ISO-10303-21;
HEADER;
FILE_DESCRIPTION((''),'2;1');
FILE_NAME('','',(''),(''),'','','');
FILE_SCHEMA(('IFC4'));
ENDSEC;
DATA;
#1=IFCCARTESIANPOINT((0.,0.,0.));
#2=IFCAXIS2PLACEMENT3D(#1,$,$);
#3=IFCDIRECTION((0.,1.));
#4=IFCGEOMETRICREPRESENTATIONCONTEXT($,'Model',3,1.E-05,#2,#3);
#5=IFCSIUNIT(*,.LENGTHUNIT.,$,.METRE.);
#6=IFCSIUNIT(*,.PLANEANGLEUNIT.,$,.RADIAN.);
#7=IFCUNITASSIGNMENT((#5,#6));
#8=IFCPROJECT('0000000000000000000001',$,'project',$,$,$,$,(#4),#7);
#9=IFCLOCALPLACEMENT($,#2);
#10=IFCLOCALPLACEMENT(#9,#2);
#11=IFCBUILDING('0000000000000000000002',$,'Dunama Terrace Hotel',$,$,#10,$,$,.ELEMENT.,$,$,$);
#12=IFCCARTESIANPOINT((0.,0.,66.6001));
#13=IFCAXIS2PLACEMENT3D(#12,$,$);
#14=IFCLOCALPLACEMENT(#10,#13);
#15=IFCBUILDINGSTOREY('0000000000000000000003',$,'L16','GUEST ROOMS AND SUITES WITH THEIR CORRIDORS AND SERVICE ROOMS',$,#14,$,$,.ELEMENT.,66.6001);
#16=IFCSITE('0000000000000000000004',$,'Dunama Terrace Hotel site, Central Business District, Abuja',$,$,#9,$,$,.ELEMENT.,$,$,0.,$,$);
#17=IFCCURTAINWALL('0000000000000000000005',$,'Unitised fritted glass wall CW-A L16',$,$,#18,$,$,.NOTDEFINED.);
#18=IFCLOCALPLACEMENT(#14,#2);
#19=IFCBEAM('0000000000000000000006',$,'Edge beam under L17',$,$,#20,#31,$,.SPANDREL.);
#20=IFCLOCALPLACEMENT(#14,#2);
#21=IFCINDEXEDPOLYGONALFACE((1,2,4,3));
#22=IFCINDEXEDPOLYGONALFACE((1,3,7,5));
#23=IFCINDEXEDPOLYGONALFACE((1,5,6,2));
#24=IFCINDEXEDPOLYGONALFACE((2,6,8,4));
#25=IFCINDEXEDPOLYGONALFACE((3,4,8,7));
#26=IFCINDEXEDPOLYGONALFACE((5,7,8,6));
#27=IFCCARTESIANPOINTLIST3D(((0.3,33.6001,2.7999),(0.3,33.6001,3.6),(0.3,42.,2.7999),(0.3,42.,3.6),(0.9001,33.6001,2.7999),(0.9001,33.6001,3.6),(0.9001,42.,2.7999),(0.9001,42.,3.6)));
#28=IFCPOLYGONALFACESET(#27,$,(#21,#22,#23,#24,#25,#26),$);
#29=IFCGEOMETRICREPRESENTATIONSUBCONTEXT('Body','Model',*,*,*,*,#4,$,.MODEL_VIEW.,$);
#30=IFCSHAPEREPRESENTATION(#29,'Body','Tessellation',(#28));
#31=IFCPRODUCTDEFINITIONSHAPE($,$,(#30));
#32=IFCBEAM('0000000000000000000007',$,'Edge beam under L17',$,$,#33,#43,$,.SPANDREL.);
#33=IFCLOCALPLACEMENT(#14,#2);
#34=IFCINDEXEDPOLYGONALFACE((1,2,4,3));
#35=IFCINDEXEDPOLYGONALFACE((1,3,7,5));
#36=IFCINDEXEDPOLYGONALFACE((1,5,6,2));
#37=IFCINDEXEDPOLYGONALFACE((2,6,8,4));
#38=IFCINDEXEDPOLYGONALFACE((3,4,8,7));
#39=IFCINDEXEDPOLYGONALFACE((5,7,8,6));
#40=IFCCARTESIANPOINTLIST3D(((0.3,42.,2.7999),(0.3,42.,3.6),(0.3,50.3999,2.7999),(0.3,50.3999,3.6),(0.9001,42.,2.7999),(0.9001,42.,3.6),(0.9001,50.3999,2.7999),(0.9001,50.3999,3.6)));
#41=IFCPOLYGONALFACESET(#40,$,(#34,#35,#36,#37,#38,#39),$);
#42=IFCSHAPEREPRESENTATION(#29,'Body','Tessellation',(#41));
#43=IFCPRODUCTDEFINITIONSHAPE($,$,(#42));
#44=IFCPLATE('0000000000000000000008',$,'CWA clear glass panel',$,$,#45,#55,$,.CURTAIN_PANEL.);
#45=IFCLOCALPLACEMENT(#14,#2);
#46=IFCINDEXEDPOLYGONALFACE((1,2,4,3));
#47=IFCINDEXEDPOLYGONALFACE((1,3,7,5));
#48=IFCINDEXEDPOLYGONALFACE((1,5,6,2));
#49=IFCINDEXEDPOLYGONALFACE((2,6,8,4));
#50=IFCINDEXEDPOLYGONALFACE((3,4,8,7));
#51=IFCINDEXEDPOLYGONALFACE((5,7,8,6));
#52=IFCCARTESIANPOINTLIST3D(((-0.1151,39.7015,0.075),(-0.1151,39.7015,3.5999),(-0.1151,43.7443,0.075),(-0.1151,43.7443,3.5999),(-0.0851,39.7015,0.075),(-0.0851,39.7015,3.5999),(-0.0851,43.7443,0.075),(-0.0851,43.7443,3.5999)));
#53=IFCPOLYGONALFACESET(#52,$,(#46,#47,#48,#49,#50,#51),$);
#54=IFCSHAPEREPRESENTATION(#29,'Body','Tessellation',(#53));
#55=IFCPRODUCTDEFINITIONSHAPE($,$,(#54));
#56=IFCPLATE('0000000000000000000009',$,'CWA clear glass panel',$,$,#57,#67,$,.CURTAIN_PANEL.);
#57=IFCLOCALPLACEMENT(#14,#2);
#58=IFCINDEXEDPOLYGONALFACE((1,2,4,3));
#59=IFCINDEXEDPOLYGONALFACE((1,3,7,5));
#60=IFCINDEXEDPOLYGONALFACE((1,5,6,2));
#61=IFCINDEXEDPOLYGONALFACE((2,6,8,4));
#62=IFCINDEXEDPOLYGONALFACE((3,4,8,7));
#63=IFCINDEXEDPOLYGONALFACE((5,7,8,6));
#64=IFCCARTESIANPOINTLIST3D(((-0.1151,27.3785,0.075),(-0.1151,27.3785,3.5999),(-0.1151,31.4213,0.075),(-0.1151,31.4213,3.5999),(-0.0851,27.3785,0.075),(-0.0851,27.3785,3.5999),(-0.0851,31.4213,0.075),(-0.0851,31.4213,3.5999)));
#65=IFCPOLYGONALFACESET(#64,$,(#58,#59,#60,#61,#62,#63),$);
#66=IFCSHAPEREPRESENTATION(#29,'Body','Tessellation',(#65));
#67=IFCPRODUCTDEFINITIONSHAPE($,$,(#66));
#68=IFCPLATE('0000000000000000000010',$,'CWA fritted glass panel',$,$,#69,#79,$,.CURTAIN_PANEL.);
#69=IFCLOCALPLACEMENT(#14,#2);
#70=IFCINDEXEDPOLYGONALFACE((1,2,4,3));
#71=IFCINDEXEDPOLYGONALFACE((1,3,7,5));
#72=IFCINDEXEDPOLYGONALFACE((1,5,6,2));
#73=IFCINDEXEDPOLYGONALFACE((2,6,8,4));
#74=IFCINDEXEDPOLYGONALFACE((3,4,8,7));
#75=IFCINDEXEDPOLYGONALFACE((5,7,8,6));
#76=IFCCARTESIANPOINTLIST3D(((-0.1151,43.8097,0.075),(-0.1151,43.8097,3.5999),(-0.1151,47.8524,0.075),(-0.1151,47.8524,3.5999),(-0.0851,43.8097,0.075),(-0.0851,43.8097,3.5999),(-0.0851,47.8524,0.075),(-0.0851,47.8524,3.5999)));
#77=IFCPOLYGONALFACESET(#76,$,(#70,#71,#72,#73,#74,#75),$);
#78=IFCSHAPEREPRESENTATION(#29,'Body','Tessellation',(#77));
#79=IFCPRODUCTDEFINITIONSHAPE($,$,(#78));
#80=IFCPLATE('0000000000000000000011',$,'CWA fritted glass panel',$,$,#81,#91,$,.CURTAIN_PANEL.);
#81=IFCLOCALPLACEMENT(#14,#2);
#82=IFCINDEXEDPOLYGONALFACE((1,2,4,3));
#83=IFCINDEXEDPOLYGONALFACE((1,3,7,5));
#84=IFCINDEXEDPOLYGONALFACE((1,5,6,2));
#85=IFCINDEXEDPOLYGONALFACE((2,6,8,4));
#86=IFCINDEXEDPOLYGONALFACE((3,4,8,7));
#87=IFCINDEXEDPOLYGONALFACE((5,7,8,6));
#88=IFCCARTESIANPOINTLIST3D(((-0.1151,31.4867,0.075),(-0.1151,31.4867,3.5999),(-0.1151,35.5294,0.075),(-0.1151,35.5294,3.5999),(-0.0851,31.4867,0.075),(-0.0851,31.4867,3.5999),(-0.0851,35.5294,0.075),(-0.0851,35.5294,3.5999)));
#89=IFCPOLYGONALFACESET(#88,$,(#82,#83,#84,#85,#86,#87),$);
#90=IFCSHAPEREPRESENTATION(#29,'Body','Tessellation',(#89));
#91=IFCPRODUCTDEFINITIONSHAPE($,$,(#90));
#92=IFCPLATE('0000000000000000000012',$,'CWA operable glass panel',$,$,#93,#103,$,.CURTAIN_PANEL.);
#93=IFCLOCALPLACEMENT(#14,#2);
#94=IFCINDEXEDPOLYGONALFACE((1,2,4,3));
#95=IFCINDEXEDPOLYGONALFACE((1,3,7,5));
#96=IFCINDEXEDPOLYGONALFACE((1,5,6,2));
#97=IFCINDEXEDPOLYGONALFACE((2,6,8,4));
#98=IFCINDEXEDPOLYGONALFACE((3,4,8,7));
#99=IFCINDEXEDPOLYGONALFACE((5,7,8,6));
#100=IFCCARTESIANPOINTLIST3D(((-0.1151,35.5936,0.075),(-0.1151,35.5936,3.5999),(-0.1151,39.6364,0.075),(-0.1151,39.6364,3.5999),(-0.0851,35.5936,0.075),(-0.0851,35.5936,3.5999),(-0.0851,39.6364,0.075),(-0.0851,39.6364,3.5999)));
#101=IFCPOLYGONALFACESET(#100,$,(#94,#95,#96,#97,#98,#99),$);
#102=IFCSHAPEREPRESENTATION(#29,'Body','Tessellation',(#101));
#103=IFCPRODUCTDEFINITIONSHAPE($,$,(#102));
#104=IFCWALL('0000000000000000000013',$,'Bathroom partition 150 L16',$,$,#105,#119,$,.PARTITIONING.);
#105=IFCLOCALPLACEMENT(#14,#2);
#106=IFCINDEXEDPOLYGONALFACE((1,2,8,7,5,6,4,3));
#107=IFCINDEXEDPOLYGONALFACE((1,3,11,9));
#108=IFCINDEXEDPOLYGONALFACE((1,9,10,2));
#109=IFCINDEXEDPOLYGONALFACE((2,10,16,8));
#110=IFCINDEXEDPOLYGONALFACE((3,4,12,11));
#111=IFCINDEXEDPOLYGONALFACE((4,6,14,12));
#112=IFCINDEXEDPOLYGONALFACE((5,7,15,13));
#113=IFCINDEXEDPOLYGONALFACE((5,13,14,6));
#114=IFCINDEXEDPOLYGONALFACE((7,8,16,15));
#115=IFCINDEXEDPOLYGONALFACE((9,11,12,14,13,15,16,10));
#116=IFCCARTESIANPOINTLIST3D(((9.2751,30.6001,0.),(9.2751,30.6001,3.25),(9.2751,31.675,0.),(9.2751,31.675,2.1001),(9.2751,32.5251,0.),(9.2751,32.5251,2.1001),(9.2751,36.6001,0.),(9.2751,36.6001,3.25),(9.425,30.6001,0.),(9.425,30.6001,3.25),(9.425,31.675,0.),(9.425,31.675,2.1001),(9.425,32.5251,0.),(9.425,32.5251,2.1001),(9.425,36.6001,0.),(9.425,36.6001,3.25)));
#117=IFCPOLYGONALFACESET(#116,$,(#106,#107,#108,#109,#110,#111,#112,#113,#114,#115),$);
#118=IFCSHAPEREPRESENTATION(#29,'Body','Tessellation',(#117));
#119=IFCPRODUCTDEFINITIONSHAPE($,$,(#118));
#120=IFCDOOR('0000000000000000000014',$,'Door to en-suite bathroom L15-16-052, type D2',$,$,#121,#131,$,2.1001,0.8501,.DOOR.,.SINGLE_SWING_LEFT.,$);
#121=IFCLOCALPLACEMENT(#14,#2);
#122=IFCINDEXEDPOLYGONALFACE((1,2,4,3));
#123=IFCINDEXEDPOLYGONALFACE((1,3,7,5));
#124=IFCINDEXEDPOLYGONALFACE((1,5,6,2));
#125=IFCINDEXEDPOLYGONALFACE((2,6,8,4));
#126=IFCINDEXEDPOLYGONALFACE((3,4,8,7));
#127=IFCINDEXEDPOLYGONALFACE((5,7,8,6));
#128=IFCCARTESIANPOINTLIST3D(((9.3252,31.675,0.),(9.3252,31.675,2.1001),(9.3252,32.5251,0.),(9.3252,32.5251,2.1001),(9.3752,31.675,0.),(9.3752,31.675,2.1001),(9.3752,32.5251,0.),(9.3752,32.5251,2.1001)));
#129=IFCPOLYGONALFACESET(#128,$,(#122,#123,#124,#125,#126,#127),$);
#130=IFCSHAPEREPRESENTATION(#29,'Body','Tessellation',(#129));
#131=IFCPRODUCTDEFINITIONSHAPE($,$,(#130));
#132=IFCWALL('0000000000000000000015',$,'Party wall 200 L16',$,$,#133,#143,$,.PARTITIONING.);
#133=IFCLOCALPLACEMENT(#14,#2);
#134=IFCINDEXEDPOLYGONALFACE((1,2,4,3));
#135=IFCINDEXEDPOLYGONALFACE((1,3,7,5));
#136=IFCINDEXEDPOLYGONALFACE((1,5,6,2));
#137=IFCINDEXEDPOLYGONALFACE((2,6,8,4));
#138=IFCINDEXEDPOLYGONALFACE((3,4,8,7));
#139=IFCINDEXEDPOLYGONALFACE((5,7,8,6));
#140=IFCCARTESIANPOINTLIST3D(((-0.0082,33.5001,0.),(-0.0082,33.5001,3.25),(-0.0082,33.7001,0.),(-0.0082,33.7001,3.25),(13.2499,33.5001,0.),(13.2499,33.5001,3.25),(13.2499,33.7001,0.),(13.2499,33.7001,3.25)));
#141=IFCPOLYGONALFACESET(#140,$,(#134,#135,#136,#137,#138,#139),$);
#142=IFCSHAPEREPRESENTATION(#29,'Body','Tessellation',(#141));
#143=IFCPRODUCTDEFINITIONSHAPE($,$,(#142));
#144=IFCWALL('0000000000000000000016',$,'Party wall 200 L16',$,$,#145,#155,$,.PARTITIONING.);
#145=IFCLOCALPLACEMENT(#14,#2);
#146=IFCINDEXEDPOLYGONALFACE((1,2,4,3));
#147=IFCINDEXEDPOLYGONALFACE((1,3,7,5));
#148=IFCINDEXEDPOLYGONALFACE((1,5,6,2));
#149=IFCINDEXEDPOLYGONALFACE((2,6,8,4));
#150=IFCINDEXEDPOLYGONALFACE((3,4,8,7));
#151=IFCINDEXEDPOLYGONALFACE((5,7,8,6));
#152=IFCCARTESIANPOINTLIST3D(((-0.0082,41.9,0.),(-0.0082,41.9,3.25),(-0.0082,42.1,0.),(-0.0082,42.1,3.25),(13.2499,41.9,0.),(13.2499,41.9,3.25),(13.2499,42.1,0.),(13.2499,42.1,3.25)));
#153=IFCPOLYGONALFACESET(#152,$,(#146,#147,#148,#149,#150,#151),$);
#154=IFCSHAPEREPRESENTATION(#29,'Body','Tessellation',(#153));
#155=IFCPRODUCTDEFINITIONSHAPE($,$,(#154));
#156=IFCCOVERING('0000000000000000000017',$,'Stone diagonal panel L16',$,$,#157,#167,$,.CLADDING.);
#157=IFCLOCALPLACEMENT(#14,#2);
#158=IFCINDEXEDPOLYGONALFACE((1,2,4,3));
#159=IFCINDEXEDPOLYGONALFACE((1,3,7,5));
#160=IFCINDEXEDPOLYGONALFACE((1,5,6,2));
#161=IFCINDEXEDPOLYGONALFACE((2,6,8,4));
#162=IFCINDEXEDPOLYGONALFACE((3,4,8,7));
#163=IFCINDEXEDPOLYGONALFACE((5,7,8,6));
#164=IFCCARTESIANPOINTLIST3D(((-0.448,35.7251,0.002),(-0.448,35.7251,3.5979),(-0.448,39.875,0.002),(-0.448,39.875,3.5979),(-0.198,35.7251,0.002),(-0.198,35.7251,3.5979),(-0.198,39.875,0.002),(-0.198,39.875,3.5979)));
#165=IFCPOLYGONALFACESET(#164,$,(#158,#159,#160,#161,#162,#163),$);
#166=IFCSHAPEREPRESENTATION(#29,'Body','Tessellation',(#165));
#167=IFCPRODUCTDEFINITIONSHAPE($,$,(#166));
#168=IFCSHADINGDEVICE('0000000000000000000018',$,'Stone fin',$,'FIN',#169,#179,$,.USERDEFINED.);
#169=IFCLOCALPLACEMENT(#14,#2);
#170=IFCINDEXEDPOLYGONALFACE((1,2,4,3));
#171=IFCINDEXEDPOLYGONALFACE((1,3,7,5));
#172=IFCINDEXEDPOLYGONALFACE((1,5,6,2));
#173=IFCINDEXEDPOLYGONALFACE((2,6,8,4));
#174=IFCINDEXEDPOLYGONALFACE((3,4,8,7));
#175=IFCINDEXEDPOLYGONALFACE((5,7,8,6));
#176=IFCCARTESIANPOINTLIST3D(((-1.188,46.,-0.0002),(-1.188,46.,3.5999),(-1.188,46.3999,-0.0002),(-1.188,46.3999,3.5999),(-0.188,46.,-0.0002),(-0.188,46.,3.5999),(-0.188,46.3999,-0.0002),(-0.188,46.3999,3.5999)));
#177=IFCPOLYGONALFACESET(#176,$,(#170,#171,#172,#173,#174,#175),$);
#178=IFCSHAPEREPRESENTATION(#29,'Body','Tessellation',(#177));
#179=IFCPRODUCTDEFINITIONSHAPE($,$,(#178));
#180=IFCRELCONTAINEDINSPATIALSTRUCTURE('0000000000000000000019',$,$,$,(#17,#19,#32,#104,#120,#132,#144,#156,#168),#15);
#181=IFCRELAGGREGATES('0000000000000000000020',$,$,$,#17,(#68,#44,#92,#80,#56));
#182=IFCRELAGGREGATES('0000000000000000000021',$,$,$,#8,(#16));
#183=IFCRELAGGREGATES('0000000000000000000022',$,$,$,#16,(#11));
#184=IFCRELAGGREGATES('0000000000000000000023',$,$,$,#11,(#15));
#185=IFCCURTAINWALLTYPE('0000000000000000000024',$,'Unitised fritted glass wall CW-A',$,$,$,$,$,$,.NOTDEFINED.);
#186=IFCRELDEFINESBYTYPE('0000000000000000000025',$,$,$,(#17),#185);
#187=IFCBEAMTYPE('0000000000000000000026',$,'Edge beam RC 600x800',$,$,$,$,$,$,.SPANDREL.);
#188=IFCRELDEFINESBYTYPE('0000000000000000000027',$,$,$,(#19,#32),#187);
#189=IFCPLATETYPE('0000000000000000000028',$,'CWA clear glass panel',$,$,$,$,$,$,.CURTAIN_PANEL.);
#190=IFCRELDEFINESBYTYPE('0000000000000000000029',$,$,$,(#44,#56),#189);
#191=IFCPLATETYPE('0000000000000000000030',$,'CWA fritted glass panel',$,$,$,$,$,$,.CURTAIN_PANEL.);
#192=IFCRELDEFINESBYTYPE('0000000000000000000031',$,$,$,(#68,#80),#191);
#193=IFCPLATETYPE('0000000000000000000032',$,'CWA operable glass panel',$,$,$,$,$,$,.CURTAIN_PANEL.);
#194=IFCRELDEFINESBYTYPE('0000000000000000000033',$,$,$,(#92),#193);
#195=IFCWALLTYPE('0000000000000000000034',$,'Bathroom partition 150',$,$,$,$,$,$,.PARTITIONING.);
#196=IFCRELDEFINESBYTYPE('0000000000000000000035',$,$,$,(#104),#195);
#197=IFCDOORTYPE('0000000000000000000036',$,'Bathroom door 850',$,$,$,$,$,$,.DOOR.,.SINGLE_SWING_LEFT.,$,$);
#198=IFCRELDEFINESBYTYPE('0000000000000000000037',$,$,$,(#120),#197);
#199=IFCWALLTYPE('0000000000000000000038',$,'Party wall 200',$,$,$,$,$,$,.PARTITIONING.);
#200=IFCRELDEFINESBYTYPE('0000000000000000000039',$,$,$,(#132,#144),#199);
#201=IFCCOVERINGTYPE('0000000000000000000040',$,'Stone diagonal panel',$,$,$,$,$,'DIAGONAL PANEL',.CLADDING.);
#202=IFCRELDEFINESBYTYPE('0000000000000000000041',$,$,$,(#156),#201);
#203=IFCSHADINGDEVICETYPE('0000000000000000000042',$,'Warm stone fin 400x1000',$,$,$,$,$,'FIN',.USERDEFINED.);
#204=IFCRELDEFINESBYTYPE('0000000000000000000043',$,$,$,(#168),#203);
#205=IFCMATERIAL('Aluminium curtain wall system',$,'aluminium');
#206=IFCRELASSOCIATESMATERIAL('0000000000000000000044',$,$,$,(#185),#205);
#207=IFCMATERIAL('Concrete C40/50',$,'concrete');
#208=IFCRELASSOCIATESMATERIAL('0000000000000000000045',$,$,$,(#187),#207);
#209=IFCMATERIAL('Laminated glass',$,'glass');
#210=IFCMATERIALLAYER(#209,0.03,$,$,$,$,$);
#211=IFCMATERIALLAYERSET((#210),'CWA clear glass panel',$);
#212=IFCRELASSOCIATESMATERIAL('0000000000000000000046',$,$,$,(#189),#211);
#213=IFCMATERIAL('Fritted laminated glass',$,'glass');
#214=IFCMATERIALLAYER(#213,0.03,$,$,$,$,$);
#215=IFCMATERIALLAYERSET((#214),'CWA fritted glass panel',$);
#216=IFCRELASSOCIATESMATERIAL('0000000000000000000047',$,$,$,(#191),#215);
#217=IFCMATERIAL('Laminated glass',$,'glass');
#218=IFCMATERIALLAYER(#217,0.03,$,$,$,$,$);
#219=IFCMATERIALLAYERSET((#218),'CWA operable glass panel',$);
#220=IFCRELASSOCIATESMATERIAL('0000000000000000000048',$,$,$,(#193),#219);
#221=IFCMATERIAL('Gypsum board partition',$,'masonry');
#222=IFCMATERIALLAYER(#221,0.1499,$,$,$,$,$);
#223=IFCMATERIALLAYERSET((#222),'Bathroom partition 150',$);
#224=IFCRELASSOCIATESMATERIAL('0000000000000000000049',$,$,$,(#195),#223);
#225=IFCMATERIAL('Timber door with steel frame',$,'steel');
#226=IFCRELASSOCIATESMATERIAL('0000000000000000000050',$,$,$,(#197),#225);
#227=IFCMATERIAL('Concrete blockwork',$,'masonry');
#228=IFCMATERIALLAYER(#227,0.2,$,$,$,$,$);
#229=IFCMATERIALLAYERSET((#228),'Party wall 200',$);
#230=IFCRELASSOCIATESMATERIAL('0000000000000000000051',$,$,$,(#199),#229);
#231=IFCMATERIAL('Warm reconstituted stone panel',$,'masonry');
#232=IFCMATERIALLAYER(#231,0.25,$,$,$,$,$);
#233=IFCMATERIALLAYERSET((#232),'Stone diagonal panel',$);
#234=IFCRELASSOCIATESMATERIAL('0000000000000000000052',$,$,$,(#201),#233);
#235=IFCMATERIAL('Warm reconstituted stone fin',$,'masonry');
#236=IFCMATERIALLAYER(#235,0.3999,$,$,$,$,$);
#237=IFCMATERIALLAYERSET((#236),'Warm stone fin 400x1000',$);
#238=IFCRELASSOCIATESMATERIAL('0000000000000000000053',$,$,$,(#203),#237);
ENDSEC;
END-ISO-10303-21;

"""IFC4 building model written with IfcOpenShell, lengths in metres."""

from ifc_helpers import new_model, si_unit, direction, frame, frame_2d, origin, origin_2d, place, context, subcontext, project, spatial, rectangle, extrude, material, layer, layer_set, material_profile, profile_set, type_object, element, fill, aggregate, save


model = new_model("IFC4")

# Units and contexts
model_context = context("Model", 3, precision=1e-05, world=origin(), true_north=direction((0.0, 1.0)))
body_context = subcontext(model_context, "Body", "Model", "MODEL_VIEW")
ifc_project = project(units=[si_unit("LENGTHUNIT", "METRE"), si_unit("PLANEANGLEUNIT", "RADIAN")], contexts=[model_context])

# Site, building, storey
site_placement = place(None, origin())
site = spatial("IfcSite", under=ifc_project, at=site_placement, Name="Dunama Terrace Hotel site, Central Business District, Abuja", CompositionType="ELEMENT", RefElevation=0.0)
building_placement = place(site_placement, origin())
building = spatial("IfcBuilding", under=site, at=building_placement, Name="Dunama Terrace Hotel", CompositionType="ELEMENT")
storey_placement = place(building_placement, frame((0.0, 0.0, 66.6001)))
storey = spatial("IfcBuildingStorey", under=building, at=storey_placement, Name="L16", Description="GUEST ROOMS AND SUITES WITH THEIR CORRIDORS AND SERVICE ROOMS", CompositionType="ELEMENT", Elevation=66.6001)

# Curtain wall
ifc_material_1 = material(Name="Aluminium curtain wall system", Category="aluminium")
curtain_wall_type = type_object("IfcCurtainWallType", Name="Unitised fritted glass wall CW-A", PredefinedType="NOTDEFINED", material=ifc_material_1)
curtain_wall_placement = place(storey_placement, origin())
curtain_wall = element("IfcCurtainWall", 1, at=curtain_wall_placement, inside=storey, type_object=curtain_wall_type, Name="Unitised fritted glass wall CW-A L16", PredefinedType="NOTDEFINED")

# Beams
ifc_material_2 = material(Name="Concrete C40/50", Category="concrete")
ifc_material_profile_1 = material_profile(ifc_material_2, rectangle(XDim=0.6001, YDim=0.8, at=origin_2d()), Name="RC 600x800")
ifc_profile_set_1 = profile_set([ifc_material_profile_1], Name="Concrete C40/50")
beam_type = type_object("IfcBeamType", Name="Edge beam RC 600x800", PredefinedType="SPANDREL", material=ifc_profile_set_1)
for number, where, z_axis, x_axis, name in (
    (2, (0.6001, 33.6001, 3.2), (0.0, 1.0, 0.0), (-1.0, 0.0, 0.0), "Edge beam under L17"),
    (3, (0.6001, 42.0, 3.2), (0.0, 1.0, 0.0), (-1.0, 0.0, 0.0), "Edge beam under L17"),
):
    element("IfcBeam", number, at=place(storey_placement, frame(where, z_axis=z_axis, x_axis=x_axis)), inside=storey, type_object=beam_type, Name=name, PredefinedType="SPANDREL", context=body_context, shape_type="SweptSolid", body=[
        extrude(rectangle(XDim=0.6001, YDim=0.8, at=origin_2d()), origin(), (0.0, 0.0, 1.0), 8.3999),
    ])

# Plates
ifc_material_3 = material(Name="Laminated glass", Category="glass")
ifc_layer_1 = layer(ifc_material_3, 0.03)
ifc_layer_set_1 = layer_set([ifc_layer_1], Name="CWA clear glass panel")
plate_type_1 = type_object("IfcPlateType", Name="CWA clear glass panel", PredefinedType="CURTAIN_PANEL", material=ifc_layer_set_1)
plate_1_placement = place(storey_placement, frame((-0.1001, 41.7229, 0.075), z_axis=(0.0, 0.0, 1.0), x_axis=(0.0, -1.0, 0.0)))
plate_1 = element("IfcPlate", 4, at=plate_1_placement, type_object=plate_type_1, Name="CWA clear glass panel", PredefinedType="CURTAIN_PANEL", context=body_context, shape_type="SweptSolid", body=[
    extrude(rectangle(XDim=4.0427, YDim=0.03, at=origin_2d()), origin(), (0.0, 0.0, 1.0), 3.5249),
])
plate_2_placement = place(storey_placement, frame((-0.1001, 29.3999, 0.075), z_axis=(0.0, 0.0, 1.0), x_axis=(0.0, -1.0, 0.0)))
plate_2 = element("IfcPlate", 5, at=plate_2_placement, type_object=plate_type_1, Name="CWA clear glass panel", PredefinedType="CURTAIN_PANEL", context=body_context, shape_type="SweptSolid", body=[
    extrude(rectangle(XDim=4.0427, YDim=0.03, at=origin_2d()), origin(), (0.0, 0.0, 1.0), 3.5249),
])
ifc_material_4 = material(Name="Fritted laminated glass", Category="glass")
ifc_layer_2 = layer(ifc_material_4, 0.03)
ifc_layer_set_2 = layer_set([ifc_layer_2], Name="CWA fritted glass panel")
plate_type_2 = type_object("IfcPlateType", Name="CWA fritted glass panel", PredefinedType="CURTAIN_PANEL", material=ifc_layer_set_2)
plate_3_placement = place(storey_placement, frame((-0.1001, 45.8311, 0.075), z_axis=(0.0, 0.0, 1.0), x_axis=(0.0, -1.0, 0.0)))
plate_3 = element("IfcPlate", 6, at=plate_3_placement, type_object=plate_type_2, Name="CWA fritted glass panel", PredefinedType="CURTAIN_PANEL", context=body_context, shape_type="SweptSolid", body=[
    extrude(rectangle(XDim=4.0427, YDim=0.03, at=origin_2d()), origin(), (0.0, 0.0, 1.0), 3.5249),
])
plate_4_placement = place(storey_placement, frame((-0.1001, 33.5081, 0.075), z_axis=(0.0, 0.0, 1.0), x_axis=(0.0, -1.0, 0.0)))
plate_4 = element("IfcPlate", 7, at=plate_4_placement, type_object=plate_type_2, Name="CWA fritted glass panel", PredefinedType="CURTAIN_PANEL", context=body_context, shape_type="SweptSolid", body=[
    extrude(rectangle(XDim=4.0427, YDim=0.03, at=origin_2d()), origin(), (0.0, 0.0, 1.0), 3.5249),
])
ifc_material_5 = material(Name="Laminated glass", Category="glass")
ifc_layer_3 = layer(ifc_material_5, 0.03)
ifc_layer_set_3 = layer_set([ifc_layer_3], Name="CWA operable glass panel")
plate_type_3 = type_object("IfcPlateType", Name="CWA operable glass panel", PredefinedType="CURTAIN_PANEL", material=ifc_layer_set_3)
plate_5_placement = place(storey_placement, frame((-0.1001, 37.615, 0.075), z_axis=(0.0, 0.0, 1.0), x_axis=(0.0, -1.0, 0.0)))
plate_5 = element("IfcPlate", 8, at=plate_5_placement, type_object=plate_type_3, Name="CWA operable glass panel", PredefinedType="CURTAIN_PANEL", context=body_context, shape_type="SweptSolid", body=[
    extrude(rectangle(XDim=4.0427, YDim=0.03, at=origin_2d()), origin(), (0.0, 0.0, 1.0), 3.5249),
])
aggregate(curtain_wall, [plate_3, plate_1, plate_5, plate_4, plate_2])

# Wall, opening, door
ifc_material_6 = material(Name="Gypsum board partition", Category="masonry")
ifc_layer_4 = layer(ifc_material_6, 0.1499)
ifc_layer_set_4 = layer_set([ifc_layer_4], Name="Bathroom partition 150")
wall_type_1 = type_object("IfcWallType", Name="Bathroom partition 150", PredefinedType="PARTITIONING", material=ifc_layer_set_4)
wall_placement = place(storey_placement, frame((9.3501, 30.6001, 0.0), z_axis=(0.0, 0.0, 1.0), x_axis=(0.0, 1.0, 0.0)))
wall = element("IfcWall", 9, at=wall_placement, inside=storey, type_object=wall_type_1, Name="Bathroom partition 150 L16", PredefinedType="PARTITIONING", context=body_context, shape_type="SweptSolid", body=[
    extrude(rectangle(XDim=6.0, YDim=0.1499, at=frame_2d((3.0, 0.0))), origin(), (0.0, 0.0, 1.0), 3.25),
])
opening_placement = place(wall_placement, frame((1.075, 0.0, 0.0)))
opening = element("IfcOpeningElement", 10, at=opening_placement, cuts=wall, PredefinedType="OPENING", context=body_context, shape_type="SweptSolid", body=[
    extrude(rectangle(XDim=0.8501, YDim=2.1001, at=frame_2d((0.425, 1.05))), frame((0.0, 0.085, 0.0), z_axis=(0.0, -1.0, 0.0), x_axis=(1.0, 0.0, 0.0)), (0.0, 0.0, 1.0), 0.1699),
])
ifc_material_7 = material(Name="Timber door with steel frame", Category="steel")
door_type = type_object("IfcDoorType", Name="Bathroom door 850", OperationType="SINGLE_SWING_LEFT", PredefinedType="DOOR", material=ifc_material_7)
door_placement = place(opening_placement, frame((0.8501, 0.0, 0.0), z_axis=(0.0, 0.0, 1.0), x_axis=(-1.0, 0.0, 0.0)))
door = element("IfcDoor", 11, at=door_placement, inside=storey, type_object=door_type, Name="Door to en-suite bathroom L15-16-052, type D2", OperationType="SINGLE_SWING_LEFT", OverallHeight=2.1001, OverallWidth=0.8501, PredefinedType="DOOR", context=body_context, shape_type="SweptSolid", body=[
    extrude(rectangle(XDim=0.8501, YDim=2.1001, at=frame_2d((0.425, 1.05))), frame((0.0, 0.0251, 0.0), z_axis=(0.0, -1.0, 0.0), x_axis=(1.0, 0.0, 0.0)), (0.0, 0.0, 1.0), 0.05),
])
fill(opening, door)

# Walls
ifc_material_8 = material(Name="Concrete blockwork", Category="masonry")
ifc_layer_5 = layer(ifc_material_8, 0.2)
ifc_layer_set_5 = layer_set([ifc_layer_5], Name="Party wall 200")
wall_type_2 = type_object("IfcWallType", Name="Party wall 200", PredefinedType="PARTITIONING", material=ifc_layer_set_5)
for number, where, z_axis, x_axis, name in (
    (12, (-0.0081, 33.6001, 0.0), (0.0, 0.0, 1.0), (1.0, 0.0, 0.0), "Party wall 200 L16"),
    (13, (-0.0081, 42.0, 0.0), (0.0, 0.0, 1.0), (1.0, 0.0, 0.0), "Party wall 200 L16"),
):
    element("IfcWall", number, at=place(storey_placement, frame(where, z_axis=z_axis, x_axis=x_axis)), inside=storey, type_object=wall_type_2, Name=name, PredefinedType="PARTITIONING", context=body_context, shape_type="SweptSolid", body=[
        extrude(rectangle(XDim=13.2581, YDim=0.2, at=frame_2d((6.6289, 0.0))), origin(), (0.0, 0.0, 1.0), 3.25),
    ])

# Covering
ifc_material_9 = material(Name="Warm reconstituted stone panel", Category="masonry")
ifc_layer_6 = layer(ifc_material_9, 0.25)
ifc_layer_set_6 = layer_set([ifc_layer_6], Name="Stone diagonal panel")
covering_type = type_object("IfcCoveringType", Name="Stone diagonal panel", ElementType="DIAGONAL PANEL", PredefinedType="CLADDING", material=ifc_layer_set_6)
covering_placement = place(storey_placement, frame((-0.323, 37.8, 0.002), z_axis=(0.0, 0.0, 1.0), x_axis=(0.0, -1.0, 0.0)))
element("IfcCovering", 14, at=covering_placement, inside=storey, type_object=covering_type, Name="Stone diagonal panel L16", PredefinedType="CLADDING", context=body_context, shape_type="SweptSolid", body=[
    extrude(rectangle(XDim=4.1499, YDim=0.25, at=origin_2d()), origin(), (0.0, 0.0, 1.0), 3.5959),
])

# Shading device
ifc_material_10 = material(Name="Warm reconstituted stone fin", Category="masonry")
ifc_layer_7 = layer(ifc_material_10, 0.3999)
ifc_layer_set_7 = layer_set([ifc_layer_7], Name="Warm stone fin 400x1000")
shading_device_type = type_object("IfcShadingDeviceType", Name="Warm stone fin 400x1000", ElementType="FIN", PredefinedType="USERDEFINED", material=ifc_layer_set_7)
for number, where, z_axis, x_axis, name in (
    (15, (-0.688, 46.2, -0.0002), (0.0, 0.0, 1.0), (0.0, -1.0, 0.0), "Stone fin"),
):
    element("IfcShadingDevice", number, at=place(storey_placement, frame(where, z_axis=z_axis, x_axis=x_axis)), inside=storey, type_object=shading_device_type, Name=name, ObjectType="FIN", PredefinedType="USERDEFINED", context=body_context, shape_type="SweptSolid", body=[
        extrude(rectangle(XDim=0.3999, YDim=1.0, at=origin_2d()), origin(), (0.0, 0.0, 1.0), 3.6001),
    ])

save(model, "model.ifc")
